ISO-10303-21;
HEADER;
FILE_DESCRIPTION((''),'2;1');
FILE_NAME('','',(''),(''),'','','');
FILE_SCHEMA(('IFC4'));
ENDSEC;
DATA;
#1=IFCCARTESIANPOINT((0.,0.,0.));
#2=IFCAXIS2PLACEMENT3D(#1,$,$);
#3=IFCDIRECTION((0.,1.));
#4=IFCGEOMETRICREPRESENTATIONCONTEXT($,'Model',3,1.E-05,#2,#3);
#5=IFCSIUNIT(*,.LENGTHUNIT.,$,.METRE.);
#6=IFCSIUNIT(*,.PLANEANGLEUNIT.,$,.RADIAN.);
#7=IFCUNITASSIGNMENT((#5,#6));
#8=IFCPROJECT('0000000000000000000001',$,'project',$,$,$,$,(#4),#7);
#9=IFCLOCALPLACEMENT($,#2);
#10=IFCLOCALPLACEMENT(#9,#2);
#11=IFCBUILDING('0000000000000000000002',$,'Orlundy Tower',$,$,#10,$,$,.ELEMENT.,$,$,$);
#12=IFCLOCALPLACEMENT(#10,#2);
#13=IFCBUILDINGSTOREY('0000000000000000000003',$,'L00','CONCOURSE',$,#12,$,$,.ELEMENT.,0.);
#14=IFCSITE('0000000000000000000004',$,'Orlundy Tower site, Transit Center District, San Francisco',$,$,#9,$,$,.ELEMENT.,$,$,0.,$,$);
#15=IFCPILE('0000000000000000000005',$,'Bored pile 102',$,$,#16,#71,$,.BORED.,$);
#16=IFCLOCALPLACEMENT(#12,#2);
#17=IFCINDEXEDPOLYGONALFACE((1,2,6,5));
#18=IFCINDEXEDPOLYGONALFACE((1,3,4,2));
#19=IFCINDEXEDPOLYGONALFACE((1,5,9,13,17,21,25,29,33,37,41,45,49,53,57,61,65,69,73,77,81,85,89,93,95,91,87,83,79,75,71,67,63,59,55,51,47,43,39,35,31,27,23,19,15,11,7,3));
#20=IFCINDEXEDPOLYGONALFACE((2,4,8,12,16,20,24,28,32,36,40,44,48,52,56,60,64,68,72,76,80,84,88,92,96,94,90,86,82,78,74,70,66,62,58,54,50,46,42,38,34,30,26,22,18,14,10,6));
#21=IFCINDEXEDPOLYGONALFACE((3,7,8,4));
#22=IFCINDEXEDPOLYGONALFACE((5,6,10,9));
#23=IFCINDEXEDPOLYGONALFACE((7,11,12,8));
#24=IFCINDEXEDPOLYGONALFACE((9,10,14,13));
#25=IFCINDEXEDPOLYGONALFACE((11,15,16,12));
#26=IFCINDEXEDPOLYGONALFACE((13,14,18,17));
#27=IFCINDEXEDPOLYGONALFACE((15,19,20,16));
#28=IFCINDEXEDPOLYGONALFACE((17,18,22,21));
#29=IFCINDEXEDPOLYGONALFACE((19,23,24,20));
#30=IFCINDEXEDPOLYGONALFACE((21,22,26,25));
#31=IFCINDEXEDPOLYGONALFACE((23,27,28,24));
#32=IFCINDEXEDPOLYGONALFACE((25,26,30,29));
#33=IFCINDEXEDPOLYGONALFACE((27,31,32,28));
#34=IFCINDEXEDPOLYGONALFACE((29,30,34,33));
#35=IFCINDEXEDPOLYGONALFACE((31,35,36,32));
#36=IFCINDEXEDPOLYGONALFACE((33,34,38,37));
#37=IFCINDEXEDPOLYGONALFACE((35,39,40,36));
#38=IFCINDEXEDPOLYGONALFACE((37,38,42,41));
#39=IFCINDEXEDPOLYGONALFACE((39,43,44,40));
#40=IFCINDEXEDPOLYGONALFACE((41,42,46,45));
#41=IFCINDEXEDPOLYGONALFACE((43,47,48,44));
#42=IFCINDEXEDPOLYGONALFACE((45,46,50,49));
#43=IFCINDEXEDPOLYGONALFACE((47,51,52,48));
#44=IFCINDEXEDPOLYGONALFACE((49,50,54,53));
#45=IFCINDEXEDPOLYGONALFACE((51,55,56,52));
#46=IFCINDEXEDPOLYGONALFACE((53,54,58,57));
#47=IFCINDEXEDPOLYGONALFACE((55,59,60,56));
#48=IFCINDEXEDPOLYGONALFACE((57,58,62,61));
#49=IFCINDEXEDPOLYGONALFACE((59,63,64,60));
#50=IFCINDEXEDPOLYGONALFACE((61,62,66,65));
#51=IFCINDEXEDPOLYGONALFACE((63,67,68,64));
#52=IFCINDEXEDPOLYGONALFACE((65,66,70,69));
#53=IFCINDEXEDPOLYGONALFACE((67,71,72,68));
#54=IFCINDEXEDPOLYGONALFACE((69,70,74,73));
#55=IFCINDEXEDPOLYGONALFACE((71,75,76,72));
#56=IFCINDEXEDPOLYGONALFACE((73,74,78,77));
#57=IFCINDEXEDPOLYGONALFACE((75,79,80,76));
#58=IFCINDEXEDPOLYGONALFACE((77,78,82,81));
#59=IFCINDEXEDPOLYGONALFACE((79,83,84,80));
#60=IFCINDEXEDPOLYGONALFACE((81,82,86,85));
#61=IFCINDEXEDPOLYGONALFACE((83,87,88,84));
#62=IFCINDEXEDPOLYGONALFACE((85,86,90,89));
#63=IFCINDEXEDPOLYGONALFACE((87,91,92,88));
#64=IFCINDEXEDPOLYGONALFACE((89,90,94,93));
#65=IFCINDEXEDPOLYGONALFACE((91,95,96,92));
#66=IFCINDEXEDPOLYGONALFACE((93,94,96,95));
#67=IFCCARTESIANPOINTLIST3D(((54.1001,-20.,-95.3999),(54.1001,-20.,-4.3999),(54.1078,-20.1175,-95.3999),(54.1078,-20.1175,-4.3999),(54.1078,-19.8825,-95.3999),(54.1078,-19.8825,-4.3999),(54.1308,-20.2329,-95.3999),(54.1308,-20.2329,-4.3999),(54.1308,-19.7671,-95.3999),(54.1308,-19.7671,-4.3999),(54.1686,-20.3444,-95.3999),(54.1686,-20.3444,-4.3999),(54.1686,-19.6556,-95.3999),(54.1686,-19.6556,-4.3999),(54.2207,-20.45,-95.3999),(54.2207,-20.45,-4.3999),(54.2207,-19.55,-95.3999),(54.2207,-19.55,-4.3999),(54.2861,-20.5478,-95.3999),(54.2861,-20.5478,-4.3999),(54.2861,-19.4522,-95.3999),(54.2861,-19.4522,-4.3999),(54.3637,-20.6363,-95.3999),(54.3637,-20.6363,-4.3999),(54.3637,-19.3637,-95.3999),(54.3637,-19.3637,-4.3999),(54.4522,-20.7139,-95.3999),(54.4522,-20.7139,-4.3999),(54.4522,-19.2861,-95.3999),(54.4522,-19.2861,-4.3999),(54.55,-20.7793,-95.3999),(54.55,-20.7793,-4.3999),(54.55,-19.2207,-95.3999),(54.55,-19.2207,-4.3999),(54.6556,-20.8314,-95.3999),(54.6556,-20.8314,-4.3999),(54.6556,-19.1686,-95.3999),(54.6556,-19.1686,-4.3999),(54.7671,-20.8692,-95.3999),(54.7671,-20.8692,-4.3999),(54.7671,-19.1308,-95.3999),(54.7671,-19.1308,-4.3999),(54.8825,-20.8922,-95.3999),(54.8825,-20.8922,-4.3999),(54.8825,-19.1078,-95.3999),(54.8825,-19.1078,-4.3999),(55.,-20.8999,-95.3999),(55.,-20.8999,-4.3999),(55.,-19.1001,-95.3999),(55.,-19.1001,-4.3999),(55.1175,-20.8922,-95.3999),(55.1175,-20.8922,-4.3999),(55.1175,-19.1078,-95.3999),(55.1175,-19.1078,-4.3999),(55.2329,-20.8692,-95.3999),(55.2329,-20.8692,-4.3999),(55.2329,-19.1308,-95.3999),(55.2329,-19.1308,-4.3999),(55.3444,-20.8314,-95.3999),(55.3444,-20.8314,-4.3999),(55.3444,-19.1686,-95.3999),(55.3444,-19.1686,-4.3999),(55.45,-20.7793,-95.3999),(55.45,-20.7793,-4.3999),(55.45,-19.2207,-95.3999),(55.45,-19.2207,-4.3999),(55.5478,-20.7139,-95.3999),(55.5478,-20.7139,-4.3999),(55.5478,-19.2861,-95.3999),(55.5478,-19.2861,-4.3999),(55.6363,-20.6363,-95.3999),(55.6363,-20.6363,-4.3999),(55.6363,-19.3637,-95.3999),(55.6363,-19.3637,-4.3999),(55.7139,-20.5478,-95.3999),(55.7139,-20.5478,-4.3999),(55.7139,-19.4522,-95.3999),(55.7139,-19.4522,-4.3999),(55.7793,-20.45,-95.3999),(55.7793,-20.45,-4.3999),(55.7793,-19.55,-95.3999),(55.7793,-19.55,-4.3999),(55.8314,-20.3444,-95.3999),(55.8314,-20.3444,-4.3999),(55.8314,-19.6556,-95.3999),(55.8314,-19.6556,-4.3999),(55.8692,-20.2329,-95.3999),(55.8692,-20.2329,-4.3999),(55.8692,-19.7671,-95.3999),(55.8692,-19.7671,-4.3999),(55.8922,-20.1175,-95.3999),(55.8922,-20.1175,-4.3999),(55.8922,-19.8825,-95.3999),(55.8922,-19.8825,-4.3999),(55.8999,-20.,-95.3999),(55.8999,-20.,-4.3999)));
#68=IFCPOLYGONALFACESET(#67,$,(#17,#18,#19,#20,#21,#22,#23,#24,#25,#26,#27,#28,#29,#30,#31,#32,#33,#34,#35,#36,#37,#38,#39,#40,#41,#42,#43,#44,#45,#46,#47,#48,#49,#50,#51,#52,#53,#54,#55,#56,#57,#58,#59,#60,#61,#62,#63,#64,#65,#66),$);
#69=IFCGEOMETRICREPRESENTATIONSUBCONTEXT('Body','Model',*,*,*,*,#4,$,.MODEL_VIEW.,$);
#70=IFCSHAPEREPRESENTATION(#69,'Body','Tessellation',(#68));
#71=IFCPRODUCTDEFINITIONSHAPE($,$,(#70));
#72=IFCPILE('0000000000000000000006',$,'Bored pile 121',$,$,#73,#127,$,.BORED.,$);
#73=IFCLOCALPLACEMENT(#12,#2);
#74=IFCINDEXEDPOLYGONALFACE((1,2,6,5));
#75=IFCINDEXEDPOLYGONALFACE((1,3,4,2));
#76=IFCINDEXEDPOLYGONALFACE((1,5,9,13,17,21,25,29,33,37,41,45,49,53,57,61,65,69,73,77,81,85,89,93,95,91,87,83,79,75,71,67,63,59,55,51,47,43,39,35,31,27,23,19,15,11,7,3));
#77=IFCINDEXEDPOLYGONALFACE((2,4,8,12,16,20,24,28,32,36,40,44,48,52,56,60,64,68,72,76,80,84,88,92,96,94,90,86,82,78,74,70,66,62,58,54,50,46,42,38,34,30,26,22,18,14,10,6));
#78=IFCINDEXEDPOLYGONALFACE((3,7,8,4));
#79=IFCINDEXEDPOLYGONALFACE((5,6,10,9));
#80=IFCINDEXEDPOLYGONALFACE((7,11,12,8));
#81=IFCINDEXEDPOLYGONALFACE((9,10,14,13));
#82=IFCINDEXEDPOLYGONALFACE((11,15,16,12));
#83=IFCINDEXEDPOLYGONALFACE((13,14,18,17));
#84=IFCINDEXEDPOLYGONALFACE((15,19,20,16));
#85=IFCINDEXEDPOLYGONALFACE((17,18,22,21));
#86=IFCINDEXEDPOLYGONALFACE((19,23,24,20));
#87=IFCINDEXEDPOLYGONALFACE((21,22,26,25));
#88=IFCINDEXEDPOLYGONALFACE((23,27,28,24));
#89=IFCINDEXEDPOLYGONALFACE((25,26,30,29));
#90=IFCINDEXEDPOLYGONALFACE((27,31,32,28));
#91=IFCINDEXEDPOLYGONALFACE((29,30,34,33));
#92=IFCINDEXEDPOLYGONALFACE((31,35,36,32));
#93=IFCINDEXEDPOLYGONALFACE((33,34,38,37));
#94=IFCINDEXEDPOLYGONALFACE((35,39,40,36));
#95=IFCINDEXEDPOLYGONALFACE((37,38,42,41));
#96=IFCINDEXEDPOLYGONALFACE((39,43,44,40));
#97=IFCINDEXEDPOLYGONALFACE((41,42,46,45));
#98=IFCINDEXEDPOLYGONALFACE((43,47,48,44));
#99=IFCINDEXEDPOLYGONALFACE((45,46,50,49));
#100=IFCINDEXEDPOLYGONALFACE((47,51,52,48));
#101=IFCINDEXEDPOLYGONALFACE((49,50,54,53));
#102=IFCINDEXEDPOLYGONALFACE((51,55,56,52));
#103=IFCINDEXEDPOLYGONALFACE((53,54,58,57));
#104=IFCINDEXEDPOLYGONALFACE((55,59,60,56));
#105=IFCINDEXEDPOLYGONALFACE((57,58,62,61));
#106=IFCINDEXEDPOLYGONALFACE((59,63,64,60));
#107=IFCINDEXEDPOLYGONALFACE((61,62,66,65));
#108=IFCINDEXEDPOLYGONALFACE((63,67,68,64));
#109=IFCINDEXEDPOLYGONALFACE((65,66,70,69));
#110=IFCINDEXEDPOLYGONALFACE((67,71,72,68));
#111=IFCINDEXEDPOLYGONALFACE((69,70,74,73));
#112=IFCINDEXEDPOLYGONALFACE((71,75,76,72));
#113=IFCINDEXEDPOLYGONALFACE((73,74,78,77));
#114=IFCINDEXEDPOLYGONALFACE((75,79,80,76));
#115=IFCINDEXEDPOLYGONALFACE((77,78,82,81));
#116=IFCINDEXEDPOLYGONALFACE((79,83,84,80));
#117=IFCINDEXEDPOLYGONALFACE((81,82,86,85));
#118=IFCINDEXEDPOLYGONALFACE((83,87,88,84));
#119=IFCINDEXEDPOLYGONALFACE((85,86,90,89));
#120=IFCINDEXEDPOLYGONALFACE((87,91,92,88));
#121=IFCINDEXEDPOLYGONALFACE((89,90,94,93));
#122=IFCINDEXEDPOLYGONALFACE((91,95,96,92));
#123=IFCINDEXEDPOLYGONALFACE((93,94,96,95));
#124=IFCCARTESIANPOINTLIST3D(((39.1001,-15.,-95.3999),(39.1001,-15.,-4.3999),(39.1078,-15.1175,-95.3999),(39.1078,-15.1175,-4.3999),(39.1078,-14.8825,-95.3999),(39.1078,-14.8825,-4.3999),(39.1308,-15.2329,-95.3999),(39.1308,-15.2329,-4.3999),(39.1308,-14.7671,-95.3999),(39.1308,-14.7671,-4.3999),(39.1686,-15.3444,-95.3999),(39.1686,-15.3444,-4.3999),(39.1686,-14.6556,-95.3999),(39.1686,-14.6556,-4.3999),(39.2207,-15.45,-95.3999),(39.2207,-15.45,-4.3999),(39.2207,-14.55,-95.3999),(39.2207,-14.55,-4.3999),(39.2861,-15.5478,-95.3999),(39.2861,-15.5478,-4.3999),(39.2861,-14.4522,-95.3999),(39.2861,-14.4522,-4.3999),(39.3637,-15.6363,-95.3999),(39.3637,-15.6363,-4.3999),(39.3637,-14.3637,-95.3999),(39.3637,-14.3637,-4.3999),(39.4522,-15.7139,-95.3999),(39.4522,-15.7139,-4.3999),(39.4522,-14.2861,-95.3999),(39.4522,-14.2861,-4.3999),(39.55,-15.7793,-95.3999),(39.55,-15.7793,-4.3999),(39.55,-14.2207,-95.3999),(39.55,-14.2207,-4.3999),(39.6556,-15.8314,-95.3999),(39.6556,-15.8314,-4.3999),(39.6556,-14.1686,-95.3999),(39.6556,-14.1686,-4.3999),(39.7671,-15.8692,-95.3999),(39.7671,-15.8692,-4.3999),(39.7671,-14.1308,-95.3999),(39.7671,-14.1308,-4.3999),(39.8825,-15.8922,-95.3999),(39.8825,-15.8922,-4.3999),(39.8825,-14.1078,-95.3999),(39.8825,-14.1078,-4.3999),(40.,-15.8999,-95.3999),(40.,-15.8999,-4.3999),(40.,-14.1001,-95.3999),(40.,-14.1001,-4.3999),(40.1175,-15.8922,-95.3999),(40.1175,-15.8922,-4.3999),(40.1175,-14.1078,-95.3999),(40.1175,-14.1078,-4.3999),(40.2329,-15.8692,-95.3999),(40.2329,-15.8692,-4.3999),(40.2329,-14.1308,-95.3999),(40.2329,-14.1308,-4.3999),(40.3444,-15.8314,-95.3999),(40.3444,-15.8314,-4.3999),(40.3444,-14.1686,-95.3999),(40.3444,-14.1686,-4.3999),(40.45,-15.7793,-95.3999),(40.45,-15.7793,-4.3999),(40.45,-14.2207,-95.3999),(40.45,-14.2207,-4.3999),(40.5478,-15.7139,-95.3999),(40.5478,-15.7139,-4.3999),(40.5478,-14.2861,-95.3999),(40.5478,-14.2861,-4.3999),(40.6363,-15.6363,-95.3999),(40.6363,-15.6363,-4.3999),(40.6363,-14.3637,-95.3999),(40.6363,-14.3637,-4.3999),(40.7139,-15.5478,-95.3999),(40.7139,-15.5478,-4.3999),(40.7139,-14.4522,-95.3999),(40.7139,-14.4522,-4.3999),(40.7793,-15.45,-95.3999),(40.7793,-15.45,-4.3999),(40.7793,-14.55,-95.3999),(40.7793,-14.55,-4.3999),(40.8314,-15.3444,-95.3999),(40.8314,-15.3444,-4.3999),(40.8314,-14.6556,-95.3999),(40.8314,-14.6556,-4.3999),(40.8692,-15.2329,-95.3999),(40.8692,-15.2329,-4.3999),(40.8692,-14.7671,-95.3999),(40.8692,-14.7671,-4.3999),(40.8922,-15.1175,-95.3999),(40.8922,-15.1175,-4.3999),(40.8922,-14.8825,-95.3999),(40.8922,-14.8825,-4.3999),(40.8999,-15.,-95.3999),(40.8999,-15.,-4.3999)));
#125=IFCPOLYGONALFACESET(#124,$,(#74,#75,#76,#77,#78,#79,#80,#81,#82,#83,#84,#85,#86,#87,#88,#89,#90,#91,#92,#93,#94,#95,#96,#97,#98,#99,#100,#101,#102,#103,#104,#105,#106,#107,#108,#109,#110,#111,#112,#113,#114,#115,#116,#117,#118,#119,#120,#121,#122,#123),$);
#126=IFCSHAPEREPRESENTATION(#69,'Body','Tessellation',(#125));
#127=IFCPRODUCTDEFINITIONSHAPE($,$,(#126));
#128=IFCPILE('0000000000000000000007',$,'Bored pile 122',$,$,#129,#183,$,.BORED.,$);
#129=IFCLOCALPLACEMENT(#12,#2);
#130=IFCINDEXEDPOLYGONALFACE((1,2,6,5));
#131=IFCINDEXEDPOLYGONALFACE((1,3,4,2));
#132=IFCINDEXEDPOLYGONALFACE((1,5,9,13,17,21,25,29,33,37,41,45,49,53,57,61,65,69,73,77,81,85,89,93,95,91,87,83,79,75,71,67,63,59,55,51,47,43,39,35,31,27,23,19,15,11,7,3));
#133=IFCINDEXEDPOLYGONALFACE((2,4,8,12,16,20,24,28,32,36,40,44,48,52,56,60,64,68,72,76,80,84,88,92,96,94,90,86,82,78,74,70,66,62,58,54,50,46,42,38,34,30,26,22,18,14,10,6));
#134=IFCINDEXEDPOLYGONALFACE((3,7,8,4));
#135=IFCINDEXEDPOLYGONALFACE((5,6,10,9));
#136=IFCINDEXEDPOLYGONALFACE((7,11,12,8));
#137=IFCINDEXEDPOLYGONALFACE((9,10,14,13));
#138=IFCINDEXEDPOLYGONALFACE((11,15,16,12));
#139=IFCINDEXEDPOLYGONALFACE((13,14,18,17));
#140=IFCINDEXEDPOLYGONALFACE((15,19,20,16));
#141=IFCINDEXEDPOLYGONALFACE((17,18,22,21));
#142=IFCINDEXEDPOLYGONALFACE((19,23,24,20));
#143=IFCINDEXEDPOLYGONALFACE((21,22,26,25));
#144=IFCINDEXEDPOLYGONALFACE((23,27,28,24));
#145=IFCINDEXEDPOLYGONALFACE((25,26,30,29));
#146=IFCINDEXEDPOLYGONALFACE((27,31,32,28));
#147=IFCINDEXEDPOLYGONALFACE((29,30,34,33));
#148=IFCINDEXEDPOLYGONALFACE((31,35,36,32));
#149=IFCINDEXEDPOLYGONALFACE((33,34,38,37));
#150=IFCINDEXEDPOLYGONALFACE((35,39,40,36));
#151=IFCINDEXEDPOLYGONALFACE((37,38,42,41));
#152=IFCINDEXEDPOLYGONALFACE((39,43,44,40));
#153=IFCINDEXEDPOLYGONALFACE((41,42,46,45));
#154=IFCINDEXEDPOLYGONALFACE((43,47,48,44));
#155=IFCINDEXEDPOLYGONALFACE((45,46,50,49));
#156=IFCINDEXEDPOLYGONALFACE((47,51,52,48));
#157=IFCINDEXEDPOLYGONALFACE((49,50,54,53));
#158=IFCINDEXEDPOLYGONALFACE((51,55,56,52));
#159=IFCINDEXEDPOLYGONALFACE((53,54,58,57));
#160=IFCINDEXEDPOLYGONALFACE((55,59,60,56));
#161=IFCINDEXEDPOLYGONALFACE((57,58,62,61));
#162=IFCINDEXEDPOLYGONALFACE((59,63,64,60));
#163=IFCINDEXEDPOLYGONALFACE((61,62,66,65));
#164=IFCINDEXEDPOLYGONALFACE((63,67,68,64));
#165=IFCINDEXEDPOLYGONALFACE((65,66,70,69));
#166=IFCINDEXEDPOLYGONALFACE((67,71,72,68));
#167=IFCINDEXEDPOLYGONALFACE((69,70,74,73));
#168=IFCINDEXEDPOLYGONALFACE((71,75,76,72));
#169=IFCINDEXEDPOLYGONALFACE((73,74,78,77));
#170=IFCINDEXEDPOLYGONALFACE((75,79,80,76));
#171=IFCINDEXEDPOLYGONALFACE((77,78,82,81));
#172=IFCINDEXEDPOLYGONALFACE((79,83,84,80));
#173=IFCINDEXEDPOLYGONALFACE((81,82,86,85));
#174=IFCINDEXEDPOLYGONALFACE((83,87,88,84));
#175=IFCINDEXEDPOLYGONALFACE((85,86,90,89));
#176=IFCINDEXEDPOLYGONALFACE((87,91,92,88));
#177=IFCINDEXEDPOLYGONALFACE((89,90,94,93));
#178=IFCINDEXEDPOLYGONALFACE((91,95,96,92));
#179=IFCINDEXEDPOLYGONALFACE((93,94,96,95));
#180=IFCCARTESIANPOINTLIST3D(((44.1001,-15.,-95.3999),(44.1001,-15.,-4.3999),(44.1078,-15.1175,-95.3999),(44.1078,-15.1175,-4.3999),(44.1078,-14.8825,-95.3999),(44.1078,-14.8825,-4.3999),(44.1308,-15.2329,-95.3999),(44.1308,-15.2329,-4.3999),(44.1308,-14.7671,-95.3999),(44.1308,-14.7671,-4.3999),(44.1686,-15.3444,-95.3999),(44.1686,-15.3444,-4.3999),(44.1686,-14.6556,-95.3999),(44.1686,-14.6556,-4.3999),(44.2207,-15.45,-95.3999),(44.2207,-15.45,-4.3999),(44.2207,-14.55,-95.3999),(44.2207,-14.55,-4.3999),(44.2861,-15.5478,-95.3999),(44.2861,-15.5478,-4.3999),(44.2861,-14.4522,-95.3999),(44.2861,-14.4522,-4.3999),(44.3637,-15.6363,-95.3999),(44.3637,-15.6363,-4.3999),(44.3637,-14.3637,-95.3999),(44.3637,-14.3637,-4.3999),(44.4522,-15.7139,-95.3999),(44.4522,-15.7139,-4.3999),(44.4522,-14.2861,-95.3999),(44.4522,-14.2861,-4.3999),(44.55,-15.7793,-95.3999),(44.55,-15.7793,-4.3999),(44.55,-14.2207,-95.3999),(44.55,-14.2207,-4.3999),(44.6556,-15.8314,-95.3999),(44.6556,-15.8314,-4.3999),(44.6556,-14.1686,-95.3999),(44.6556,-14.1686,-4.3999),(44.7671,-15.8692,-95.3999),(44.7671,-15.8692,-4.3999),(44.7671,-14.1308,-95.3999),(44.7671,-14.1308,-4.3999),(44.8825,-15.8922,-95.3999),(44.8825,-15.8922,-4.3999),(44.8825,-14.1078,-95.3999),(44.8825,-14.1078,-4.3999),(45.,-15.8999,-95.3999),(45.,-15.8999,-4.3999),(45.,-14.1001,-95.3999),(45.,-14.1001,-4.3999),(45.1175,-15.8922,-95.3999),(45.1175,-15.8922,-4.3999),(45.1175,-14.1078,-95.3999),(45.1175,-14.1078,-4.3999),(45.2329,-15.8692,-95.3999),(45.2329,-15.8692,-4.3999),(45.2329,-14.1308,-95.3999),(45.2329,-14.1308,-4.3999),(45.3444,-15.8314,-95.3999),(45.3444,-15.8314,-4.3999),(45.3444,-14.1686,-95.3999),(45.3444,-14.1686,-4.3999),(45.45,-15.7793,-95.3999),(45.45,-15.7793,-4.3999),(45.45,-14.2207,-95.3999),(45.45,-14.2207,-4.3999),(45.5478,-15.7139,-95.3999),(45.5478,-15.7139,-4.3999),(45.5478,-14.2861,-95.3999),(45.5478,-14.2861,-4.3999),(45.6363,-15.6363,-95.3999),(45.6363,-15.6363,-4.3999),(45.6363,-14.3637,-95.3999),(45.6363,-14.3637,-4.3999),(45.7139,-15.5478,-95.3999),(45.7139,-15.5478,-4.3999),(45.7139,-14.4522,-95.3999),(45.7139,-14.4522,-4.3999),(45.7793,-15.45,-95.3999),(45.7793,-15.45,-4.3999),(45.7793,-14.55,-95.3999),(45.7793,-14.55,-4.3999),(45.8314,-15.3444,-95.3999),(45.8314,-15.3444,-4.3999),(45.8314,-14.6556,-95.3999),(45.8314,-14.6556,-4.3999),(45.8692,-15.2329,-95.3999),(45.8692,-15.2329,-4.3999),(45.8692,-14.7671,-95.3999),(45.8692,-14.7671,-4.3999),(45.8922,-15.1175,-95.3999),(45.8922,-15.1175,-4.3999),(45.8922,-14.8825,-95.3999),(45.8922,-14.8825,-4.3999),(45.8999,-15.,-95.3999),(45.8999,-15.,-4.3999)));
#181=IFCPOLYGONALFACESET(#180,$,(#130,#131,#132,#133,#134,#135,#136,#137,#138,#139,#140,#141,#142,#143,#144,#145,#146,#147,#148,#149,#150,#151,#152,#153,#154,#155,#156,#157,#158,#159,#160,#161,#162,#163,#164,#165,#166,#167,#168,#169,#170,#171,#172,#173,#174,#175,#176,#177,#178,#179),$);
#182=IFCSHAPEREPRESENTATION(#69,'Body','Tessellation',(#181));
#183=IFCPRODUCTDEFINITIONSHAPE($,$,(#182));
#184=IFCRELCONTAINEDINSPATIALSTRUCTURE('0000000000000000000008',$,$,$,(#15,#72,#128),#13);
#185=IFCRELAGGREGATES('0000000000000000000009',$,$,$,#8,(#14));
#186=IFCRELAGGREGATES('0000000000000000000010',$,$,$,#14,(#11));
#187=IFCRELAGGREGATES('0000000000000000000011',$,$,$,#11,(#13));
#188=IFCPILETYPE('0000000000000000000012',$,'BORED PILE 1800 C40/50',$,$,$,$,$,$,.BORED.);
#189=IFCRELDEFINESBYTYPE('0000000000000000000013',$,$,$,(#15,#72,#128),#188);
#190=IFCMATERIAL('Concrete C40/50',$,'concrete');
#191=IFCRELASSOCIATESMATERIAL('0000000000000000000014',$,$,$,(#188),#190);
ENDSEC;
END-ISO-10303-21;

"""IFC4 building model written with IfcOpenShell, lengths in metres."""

from ifc_helpers import new_model, si_unit, direction, frame, origin, origin_2d, place, context, subcontext, project, spatial, circle, extrude, material, material_profile, profile_set, type_object, element, save


model = new_model("IFC4")

# Units and contexts
model_context = context("Model", 3, precision=1e-05, world=origin(), true_north=direction((0.0, 1.0)))
body_context = subcontext(model_context, "Body", "Model", "MODEL_VIEW")
ifc_project = project(units=[si_unit("LENGTHUNIT", "METRE"), si_unit("PLANEANGLEUNIT", "RADIAN")], contexts=[model_context])

# Site, building, storey
site_placement = place(None, origin())
site = spatial("IfcSite", under=ifc_project, at=site_placement, Name="Orlundy Tower site, Transit Center District, San Francisco", CompositionType="ELEMENT", RefElevation=0.0)
building_placement = place(site_placement, origin())
building = spatial("IfcBuilding", under=site, at=building_placement, Name="Orlundy Tower", CompositionType="ELEMENT")
storey_placement = place(building_placement, origin())
storey = spatial("IfcBuildingStorey", under=building, at=storey_placement, Name="L00", Description="CONCOURSE", CompositionType="ELEMENT", Elevation=0.0)

# Piles
ifc_material_1 = material(Name="Concrete C40/50", Category="concrete")
ifc_material_profile_1 = material_profile(ifc_material_1, circle(Radius=0.8999, at=origin_2d()), Name="BP1800")
ifc_profile_set_1 = profile_set([ifc_material_profile_1], Name="Concrete C40/50")
pile_type = type_object("IfcPileType", Name="BORED PILE 1800 C40/50", PredefinedType="BORED", material=ifc_profile_set_1)
for number, where, z_axis, x_axis, name in (
    (1, (55.0, -20.0, -4.3999), (0.0, 0.0, -1.0), (1.0, 0.0, 0.0), "Bored pile 102"),
    (2, (40.0, -15.0, -4.3999), (0.0, 0.0, -1.0), (1.0, 0.0, 0.0), "Bored pile 121"),
    (3, (45.0, -15.0, -4.3999), (0.0, 0.0, -1.0), (1.0, 0.0, 0.0), "Bored pile 122"),
):
    element("IfcPile", number, at=place(storey_placement, frame(where, z_axis=z_axis, x_axis=x_axis)), inside=storey, type_object=pile_type, Name=name, PredefinedType="BORED", context=body_context, shape_type="SweptSolid", body=[
        extrude(circle(Radius=0.8999, at=origin_2d()), origin(), (0.0, 0.0, 1.0), 91.0),
    ])

save(model, "model.ifc")
